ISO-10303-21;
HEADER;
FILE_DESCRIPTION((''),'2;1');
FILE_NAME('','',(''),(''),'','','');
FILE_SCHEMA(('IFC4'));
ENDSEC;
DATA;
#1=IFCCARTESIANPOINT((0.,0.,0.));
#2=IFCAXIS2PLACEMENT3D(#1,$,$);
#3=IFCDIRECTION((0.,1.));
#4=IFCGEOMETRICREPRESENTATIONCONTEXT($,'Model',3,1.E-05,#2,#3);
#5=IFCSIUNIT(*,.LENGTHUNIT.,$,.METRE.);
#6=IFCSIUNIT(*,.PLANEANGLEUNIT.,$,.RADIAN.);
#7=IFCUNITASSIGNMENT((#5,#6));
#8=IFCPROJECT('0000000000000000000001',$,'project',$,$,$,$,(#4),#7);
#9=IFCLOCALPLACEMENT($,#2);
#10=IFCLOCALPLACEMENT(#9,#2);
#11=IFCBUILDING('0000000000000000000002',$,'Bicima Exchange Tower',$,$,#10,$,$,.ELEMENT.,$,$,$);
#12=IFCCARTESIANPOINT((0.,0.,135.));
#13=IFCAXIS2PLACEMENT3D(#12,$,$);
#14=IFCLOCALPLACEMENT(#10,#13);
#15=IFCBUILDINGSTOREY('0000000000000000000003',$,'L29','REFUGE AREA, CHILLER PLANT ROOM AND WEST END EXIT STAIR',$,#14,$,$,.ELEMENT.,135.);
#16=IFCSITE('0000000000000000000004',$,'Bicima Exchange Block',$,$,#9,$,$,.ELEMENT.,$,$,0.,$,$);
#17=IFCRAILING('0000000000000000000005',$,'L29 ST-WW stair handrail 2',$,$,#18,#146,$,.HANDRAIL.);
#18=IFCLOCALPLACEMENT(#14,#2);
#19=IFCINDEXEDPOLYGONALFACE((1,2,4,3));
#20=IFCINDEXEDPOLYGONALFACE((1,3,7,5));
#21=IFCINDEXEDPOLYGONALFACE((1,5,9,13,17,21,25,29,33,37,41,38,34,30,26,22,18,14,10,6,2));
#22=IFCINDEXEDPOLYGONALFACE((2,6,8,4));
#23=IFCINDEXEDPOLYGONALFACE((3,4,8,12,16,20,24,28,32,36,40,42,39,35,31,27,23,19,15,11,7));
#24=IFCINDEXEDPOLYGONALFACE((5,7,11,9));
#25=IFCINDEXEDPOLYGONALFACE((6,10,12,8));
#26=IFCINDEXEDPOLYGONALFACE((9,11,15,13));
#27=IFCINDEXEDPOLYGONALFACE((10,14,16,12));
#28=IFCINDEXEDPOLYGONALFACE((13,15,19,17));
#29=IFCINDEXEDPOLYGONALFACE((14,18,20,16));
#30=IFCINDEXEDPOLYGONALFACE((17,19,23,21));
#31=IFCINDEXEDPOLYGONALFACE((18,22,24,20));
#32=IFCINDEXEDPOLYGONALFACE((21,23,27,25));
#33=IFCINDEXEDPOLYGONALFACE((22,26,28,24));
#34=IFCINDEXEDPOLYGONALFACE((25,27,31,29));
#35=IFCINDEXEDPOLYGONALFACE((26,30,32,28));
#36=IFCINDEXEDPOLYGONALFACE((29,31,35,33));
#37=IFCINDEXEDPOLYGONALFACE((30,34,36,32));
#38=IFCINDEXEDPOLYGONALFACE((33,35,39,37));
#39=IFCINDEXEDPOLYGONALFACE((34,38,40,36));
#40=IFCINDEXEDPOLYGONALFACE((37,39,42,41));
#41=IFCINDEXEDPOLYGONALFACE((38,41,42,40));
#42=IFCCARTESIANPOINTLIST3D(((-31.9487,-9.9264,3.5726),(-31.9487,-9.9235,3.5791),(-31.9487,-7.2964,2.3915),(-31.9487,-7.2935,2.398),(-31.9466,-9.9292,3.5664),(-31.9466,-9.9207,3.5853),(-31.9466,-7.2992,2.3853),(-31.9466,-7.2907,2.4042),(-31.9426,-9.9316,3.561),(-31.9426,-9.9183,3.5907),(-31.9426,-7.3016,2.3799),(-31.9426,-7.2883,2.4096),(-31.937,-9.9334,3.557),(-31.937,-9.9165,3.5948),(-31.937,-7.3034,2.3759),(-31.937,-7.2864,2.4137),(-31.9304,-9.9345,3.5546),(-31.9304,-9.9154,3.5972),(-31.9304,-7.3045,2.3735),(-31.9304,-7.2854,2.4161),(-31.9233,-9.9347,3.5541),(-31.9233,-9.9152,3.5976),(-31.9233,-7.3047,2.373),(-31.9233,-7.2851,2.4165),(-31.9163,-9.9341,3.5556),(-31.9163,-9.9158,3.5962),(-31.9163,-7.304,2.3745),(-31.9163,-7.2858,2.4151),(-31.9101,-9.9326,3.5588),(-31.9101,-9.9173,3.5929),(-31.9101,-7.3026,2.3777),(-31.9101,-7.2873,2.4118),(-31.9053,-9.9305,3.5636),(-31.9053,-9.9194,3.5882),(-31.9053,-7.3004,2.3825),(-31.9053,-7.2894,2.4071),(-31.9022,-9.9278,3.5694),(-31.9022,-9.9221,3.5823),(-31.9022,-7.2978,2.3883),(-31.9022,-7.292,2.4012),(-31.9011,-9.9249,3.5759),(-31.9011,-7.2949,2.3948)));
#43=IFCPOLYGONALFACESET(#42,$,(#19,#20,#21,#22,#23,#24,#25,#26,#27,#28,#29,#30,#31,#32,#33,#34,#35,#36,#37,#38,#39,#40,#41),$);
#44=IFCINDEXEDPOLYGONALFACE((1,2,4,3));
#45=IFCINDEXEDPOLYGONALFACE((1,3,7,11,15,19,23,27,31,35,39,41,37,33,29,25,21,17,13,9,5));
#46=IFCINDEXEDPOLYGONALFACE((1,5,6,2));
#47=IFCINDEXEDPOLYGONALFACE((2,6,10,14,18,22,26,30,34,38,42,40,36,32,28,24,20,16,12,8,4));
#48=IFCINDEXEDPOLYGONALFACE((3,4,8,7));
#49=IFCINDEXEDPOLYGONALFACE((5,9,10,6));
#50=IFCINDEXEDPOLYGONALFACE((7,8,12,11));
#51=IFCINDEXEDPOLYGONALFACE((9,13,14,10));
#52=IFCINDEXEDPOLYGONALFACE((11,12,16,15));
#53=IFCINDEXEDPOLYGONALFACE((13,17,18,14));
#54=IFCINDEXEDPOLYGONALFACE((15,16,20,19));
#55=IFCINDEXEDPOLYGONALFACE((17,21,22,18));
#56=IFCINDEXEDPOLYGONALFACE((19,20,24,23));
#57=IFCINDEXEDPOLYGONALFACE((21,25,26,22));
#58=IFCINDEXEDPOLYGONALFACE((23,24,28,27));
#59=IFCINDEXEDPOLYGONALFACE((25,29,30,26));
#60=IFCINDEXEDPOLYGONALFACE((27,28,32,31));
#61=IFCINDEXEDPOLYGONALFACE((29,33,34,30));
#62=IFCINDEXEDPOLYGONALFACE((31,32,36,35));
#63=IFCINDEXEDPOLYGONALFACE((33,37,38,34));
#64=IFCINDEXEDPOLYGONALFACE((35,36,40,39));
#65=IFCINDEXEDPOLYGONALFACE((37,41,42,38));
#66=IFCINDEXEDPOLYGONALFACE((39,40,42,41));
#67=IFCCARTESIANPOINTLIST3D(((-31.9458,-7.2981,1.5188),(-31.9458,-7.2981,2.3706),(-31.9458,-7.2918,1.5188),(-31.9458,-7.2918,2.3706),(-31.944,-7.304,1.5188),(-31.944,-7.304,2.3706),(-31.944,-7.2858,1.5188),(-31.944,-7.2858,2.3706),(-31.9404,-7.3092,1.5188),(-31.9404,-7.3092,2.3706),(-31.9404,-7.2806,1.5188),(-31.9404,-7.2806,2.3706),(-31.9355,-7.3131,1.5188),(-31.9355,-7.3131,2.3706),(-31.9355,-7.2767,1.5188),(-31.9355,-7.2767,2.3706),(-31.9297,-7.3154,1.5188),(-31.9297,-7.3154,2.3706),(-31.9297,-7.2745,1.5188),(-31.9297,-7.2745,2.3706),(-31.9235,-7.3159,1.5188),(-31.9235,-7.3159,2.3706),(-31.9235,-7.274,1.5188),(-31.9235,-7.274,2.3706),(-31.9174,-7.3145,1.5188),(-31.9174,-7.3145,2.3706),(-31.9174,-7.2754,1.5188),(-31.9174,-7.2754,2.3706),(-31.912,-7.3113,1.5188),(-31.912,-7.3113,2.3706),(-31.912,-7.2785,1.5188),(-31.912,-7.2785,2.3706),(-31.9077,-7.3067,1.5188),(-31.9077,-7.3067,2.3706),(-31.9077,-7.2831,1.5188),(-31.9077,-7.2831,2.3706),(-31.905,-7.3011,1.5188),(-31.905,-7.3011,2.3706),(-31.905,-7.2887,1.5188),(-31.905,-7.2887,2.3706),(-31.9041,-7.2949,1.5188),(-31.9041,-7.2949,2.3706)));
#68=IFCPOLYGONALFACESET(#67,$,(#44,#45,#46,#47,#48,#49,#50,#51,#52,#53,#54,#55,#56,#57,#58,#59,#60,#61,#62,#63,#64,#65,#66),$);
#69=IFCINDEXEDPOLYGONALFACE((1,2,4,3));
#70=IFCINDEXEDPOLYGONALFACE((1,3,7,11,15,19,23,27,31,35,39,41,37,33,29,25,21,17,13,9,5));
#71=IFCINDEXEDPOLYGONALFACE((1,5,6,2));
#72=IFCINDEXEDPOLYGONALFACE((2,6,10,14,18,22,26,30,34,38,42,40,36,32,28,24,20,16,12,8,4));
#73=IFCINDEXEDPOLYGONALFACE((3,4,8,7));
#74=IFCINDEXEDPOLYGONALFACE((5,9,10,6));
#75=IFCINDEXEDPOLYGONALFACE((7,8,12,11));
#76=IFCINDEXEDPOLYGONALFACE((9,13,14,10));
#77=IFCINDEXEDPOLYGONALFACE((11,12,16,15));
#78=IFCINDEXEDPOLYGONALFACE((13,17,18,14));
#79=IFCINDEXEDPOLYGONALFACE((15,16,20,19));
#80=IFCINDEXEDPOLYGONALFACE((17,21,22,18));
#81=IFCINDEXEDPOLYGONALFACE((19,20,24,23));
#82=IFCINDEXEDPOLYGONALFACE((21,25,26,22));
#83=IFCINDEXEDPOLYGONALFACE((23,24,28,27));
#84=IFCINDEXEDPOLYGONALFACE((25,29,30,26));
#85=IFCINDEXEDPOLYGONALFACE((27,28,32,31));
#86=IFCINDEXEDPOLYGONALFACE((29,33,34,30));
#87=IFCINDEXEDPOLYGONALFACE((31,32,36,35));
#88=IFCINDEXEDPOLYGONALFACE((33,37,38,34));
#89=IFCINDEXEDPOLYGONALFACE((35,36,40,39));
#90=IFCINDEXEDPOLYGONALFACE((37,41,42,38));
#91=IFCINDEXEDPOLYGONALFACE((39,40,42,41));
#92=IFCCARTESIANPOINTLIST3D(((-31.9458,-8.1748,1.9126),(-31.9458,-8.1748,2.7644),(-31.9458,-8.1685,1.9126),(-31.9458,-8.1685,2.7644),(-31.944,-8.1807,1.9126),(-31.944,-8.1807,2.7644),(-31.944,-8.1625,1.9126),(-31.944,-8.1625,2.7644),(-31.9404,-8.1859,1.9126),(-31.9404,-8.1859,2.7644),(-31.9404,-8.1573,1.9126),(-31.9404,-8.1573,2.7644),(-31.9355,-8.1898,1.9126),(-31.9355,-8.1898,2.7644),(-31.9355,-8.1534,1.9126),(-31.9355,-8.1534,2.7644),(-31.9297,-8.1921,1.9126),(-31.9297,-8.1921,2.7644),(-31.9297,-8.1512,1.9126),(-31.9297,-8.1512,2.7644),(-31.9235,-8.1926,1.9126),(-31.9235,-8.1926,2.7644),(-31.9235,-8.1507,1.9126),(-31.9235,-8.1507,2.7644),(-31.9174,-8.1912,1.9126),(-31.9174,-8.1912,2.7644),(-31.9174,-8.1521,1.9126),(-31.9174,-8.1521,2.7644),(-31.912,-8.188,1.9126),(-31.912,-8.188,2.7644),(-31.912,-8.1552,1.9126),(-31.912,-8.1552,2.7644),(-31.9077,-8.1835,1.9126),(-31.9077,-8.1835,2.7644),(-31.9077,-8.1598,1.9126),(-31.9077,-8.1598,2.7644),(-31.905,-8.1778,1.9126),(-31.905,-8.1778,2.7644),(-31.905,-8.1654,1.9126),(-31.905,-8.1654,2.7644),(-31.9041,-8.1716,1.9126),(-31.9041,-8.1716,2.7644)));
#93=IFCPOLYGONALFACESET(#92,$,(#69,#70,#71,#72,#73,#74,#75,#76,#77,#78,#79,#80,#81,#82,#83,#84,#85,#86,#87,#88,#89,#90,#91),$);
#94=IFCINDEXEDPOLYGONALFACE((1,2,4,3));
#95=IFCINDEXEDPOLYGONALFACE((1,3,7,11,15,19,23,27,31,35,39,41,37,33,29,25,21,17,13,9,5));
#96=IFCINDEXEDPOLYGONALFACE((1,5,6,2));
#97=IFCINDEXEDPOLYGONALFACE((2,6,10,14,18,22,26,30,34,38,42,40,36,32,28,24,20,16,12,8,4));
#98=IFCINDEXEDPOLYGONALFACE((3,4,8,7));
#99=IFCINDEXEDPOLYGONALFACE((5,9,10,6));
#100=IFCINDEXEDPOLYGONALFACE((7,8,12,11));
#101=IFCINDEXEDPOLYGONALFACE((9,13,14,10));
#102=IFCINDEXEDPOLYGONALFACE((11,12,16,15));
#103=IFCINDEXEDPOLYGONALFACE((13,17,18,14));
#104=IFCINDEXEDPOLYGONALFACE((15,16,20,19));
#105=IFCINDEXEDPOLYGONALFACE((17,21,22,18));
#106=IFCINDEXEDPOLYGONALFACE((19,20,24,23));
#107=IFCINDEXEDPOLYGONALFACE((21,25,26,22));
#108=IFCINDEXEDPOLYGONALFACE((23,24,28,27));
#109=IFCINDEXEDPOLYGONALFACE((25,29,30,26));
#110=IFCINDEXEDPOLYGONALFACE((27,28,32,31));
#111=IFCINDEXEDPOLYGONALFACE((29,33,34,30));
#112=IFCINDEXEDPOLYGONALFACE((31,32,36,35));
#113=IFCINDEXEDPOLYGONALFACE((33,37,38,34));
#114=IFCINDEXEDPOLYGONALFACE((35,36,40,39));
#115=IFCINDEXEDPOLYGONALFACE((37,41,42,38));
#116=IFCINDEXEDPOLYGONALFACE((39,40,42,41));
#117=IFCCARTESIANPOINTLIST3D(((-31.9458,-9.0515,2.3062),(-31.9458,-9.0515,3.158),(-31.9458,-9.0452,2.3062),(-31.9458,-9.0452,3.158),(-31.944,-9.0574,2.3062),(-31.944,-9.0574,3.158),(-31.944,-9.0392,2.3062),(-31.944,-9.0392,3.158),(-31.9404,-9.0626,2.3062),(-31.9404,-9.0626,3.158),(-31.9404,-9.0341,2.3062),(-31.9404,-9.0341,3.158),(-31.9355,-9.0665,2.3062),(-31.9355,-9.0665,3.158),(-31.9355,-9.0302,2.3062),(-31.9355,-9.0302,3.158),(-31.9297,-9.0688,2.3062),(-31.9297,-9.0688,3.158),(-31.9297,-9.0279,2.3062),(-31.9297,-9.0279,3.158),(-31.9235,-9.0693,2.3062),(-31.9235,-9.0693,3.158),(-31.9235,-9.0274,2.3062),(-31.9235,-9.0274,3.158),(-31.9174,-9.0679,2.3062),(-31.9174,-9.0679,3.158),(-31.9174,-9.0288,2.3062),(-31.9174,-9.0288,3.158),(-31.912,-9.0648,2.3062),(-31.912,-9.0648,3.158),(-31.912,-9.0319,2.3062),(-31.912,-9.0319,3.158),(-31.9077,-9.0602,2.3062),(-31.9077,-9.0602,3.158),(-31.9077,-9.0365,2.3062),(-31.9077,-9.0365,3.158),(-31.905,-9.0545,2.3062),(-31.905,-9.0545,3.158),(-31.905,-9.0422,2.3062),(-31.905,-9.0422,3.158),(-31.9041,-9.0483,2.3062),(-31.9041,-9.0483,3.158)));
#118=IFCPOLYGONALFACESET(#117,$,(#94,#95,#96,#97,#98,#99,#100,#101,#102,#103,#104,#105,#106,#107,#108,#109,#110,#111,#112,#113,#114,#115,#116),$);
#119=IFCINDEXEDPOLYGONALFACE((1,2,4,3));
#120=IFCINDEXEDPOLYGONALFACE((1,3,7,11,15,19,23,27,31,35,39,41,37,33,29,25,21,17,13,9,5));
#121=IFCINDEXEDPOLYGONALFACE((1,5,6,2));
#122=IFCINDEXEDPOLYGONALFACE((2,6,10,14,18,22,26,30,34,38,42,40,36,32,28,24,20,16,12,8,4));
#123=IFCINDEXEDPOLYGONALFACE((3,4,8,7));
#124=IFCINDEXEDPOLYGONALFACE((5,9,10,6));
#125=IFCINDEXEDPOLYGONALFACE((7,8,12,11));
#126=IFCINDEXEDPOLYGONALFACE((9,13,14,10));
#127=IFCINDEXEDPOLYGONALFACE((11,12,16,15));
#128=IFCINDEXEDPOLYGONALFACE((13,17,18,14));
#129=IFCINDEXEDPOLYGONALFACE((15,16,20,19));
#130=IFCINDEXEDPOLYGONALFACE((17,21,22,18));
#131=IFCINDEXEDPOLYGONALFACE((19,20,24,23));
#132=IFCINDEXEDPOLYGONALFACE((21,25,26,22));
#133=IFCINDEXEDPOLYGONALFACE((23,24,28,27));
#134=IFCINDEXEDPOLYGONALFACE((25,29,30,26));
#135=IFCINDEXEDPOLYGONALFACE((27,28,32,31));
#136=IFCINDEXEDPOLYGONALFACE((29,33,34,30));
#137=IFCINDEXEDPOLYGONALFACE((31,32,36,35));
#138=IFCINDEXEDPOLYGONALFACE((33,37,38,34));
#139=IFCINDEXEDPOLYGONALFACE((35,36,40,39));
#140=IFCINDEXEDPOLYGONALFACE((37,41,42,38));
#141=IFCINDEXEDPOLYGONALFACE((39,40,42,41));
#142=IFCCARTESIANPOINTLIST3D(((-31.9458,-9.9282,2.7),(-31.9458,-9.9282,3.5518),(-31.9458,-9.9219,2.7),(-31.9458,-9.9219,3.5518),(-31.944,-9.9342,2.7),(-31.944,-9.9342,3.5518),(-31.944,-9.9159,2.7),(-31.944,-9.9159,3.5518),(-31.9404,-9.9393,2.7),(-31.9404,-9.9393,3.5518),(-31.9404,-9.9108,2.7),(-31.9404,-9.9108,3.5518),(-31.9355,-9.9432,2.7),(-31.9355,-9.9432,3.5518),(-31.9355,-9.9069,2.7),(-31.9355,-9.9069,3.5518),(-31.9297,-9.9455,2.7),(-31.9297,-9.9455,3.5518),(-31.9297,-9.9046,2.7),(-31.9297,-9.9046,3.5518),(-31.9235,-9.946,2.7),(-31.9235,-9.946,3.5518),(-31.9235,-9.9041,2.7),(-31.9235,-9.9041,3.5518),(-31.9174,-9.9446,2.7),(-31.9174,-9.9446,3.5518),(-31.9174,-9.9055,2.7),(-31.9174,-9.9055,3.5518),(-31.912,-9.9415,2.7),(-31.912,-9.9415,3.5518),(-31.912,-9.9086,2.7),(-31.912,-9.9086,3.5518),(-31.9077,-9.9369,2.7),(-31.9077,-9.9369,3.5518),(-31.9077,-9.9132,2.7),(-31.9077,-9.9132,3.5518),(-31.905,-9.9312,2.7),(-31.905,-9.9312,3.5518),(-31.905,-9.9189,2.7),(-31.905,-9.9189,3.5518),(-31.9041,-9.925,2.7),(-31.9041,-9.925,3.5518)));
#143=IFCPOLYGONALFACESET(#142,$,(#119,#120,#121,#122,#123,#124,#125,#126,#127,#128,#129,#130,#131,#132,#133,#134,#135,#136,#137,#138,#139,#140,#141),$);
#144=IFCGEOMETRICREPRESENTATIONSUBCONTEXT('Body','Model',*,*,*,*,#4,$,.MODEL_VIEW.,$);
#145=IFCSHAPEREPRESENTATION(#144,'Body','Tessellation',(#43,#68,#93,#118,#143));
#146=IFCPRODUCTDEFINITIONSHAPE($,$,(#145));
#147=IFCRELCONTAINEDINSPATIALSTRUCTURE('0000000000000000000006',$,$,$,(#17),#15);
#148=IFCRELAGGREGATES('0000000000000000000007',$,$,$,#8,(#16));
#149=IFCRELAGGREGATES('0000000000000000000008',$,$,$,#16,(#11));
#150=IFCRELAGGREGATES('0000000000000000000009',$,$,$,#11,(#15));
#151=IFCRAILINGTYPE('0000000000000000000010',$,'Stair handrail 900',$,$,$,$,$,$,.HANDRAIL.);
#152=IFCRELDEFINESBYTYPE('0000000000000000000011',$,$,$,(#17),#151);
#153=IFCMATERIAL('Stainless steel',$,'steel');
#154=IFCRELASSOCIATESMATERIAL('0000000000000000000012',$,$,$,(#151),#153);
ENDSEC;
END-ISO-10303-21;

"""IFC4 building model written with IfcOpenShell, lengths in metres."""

from ifc_helpers import new_model, si_unit, direction, frame, origin, origin_2d, place, context, subcontext, project, spatial, circle, extrude, material, type_object, element, save


model = new_model("IFC4")

# Units and contexts
model_context = context("Model", 3, precision=1e-05, world=origin(), true_north=direction((0.0, 1.0)))
body_context = subcontext(model_context, "Body", "Model", "MODEL_VIEW")
ifc_project = project(units=[si_unit("LENGTHUNIT", "METRE"), si_unit("PLANEANGLEUNIT", "RADIAN")], contexts=[model_context])

# Site, building, storey
site_placement = place(None, origin())
site = spatial("IfcSite", under=ifc_project, at=site_placement, Name="Bicima Exchange Block", CompositionType="ELEMENT", RefElevation=0.0)
building_placement = place(site_placement, origin())
building = spatial("IfcBuilding", under=site, at=building_placement, Name="Bicima Exchange Tower", CompositionType="ELEMENT")
storey_placement = place(building_placement, frame((0.0, 0.0, 135.0)))
storey = spatial("IfcBuildingStorey", under=building, at=storey_placement, Name="L29", Description="REFUGE AREA, CHILLER PLANT ROOM AND WEST END EXIT STAIR", CompositionType="ELEMENT", Elevation=135.0)

# Railing
ifc_material_1 = material(Name="Stainless steel", Category="steel")
railing_type_1 = type_object("IfcRailingType", Name="Stair handrail 900", PredefinedType="HANDRAIL", material=ifc_material_1)
railing_1_placement = place(storey_placement, frame((-31.925, -7.2949, 1.5188)))
element("IfcRailing", 1, at=railing_1_placement, inside=storey, type_object=railing_type_1, Name="L29 ST-WW stair handrail 2", PredefinedType="HANDRAIL", context=body_context, shape_type="SweptSolid", body=[
    extrude(circle(Radius=0.0239, at=origin_2d()), frame((0.0, 0.0, 0.876), z_axis=(0.0, -0.912233, 0.409671), x_axis=(1.0, 0.0, 0.0)), (0.0, 0.0, 1.0), 2.8831),
    extrude(circle(Radius=0.021, at=origin_2d()), origin(), (0.0, 0.0, 1.0), 0.8518),
    extrude(circle(Radius=0.021, at=origin_2d()), frame((0.0, -0.8767, 0.3938)), (0.0, 0.0, 1.0), 0.8518),
    extrude(circle(Radius=0.021, at=origin_2d()), frame((0.0, -1.7534, 0.7874)), (0.0, 0.0, 1.0), 0.8518),
    extrude(circle(Radius=0.021, at=origin_2d()), frame((0.0, -2.6301, 1.1812)), (0.0, 0.0, 1.0), 0.8518),
])

save(model, "model.ifc")
